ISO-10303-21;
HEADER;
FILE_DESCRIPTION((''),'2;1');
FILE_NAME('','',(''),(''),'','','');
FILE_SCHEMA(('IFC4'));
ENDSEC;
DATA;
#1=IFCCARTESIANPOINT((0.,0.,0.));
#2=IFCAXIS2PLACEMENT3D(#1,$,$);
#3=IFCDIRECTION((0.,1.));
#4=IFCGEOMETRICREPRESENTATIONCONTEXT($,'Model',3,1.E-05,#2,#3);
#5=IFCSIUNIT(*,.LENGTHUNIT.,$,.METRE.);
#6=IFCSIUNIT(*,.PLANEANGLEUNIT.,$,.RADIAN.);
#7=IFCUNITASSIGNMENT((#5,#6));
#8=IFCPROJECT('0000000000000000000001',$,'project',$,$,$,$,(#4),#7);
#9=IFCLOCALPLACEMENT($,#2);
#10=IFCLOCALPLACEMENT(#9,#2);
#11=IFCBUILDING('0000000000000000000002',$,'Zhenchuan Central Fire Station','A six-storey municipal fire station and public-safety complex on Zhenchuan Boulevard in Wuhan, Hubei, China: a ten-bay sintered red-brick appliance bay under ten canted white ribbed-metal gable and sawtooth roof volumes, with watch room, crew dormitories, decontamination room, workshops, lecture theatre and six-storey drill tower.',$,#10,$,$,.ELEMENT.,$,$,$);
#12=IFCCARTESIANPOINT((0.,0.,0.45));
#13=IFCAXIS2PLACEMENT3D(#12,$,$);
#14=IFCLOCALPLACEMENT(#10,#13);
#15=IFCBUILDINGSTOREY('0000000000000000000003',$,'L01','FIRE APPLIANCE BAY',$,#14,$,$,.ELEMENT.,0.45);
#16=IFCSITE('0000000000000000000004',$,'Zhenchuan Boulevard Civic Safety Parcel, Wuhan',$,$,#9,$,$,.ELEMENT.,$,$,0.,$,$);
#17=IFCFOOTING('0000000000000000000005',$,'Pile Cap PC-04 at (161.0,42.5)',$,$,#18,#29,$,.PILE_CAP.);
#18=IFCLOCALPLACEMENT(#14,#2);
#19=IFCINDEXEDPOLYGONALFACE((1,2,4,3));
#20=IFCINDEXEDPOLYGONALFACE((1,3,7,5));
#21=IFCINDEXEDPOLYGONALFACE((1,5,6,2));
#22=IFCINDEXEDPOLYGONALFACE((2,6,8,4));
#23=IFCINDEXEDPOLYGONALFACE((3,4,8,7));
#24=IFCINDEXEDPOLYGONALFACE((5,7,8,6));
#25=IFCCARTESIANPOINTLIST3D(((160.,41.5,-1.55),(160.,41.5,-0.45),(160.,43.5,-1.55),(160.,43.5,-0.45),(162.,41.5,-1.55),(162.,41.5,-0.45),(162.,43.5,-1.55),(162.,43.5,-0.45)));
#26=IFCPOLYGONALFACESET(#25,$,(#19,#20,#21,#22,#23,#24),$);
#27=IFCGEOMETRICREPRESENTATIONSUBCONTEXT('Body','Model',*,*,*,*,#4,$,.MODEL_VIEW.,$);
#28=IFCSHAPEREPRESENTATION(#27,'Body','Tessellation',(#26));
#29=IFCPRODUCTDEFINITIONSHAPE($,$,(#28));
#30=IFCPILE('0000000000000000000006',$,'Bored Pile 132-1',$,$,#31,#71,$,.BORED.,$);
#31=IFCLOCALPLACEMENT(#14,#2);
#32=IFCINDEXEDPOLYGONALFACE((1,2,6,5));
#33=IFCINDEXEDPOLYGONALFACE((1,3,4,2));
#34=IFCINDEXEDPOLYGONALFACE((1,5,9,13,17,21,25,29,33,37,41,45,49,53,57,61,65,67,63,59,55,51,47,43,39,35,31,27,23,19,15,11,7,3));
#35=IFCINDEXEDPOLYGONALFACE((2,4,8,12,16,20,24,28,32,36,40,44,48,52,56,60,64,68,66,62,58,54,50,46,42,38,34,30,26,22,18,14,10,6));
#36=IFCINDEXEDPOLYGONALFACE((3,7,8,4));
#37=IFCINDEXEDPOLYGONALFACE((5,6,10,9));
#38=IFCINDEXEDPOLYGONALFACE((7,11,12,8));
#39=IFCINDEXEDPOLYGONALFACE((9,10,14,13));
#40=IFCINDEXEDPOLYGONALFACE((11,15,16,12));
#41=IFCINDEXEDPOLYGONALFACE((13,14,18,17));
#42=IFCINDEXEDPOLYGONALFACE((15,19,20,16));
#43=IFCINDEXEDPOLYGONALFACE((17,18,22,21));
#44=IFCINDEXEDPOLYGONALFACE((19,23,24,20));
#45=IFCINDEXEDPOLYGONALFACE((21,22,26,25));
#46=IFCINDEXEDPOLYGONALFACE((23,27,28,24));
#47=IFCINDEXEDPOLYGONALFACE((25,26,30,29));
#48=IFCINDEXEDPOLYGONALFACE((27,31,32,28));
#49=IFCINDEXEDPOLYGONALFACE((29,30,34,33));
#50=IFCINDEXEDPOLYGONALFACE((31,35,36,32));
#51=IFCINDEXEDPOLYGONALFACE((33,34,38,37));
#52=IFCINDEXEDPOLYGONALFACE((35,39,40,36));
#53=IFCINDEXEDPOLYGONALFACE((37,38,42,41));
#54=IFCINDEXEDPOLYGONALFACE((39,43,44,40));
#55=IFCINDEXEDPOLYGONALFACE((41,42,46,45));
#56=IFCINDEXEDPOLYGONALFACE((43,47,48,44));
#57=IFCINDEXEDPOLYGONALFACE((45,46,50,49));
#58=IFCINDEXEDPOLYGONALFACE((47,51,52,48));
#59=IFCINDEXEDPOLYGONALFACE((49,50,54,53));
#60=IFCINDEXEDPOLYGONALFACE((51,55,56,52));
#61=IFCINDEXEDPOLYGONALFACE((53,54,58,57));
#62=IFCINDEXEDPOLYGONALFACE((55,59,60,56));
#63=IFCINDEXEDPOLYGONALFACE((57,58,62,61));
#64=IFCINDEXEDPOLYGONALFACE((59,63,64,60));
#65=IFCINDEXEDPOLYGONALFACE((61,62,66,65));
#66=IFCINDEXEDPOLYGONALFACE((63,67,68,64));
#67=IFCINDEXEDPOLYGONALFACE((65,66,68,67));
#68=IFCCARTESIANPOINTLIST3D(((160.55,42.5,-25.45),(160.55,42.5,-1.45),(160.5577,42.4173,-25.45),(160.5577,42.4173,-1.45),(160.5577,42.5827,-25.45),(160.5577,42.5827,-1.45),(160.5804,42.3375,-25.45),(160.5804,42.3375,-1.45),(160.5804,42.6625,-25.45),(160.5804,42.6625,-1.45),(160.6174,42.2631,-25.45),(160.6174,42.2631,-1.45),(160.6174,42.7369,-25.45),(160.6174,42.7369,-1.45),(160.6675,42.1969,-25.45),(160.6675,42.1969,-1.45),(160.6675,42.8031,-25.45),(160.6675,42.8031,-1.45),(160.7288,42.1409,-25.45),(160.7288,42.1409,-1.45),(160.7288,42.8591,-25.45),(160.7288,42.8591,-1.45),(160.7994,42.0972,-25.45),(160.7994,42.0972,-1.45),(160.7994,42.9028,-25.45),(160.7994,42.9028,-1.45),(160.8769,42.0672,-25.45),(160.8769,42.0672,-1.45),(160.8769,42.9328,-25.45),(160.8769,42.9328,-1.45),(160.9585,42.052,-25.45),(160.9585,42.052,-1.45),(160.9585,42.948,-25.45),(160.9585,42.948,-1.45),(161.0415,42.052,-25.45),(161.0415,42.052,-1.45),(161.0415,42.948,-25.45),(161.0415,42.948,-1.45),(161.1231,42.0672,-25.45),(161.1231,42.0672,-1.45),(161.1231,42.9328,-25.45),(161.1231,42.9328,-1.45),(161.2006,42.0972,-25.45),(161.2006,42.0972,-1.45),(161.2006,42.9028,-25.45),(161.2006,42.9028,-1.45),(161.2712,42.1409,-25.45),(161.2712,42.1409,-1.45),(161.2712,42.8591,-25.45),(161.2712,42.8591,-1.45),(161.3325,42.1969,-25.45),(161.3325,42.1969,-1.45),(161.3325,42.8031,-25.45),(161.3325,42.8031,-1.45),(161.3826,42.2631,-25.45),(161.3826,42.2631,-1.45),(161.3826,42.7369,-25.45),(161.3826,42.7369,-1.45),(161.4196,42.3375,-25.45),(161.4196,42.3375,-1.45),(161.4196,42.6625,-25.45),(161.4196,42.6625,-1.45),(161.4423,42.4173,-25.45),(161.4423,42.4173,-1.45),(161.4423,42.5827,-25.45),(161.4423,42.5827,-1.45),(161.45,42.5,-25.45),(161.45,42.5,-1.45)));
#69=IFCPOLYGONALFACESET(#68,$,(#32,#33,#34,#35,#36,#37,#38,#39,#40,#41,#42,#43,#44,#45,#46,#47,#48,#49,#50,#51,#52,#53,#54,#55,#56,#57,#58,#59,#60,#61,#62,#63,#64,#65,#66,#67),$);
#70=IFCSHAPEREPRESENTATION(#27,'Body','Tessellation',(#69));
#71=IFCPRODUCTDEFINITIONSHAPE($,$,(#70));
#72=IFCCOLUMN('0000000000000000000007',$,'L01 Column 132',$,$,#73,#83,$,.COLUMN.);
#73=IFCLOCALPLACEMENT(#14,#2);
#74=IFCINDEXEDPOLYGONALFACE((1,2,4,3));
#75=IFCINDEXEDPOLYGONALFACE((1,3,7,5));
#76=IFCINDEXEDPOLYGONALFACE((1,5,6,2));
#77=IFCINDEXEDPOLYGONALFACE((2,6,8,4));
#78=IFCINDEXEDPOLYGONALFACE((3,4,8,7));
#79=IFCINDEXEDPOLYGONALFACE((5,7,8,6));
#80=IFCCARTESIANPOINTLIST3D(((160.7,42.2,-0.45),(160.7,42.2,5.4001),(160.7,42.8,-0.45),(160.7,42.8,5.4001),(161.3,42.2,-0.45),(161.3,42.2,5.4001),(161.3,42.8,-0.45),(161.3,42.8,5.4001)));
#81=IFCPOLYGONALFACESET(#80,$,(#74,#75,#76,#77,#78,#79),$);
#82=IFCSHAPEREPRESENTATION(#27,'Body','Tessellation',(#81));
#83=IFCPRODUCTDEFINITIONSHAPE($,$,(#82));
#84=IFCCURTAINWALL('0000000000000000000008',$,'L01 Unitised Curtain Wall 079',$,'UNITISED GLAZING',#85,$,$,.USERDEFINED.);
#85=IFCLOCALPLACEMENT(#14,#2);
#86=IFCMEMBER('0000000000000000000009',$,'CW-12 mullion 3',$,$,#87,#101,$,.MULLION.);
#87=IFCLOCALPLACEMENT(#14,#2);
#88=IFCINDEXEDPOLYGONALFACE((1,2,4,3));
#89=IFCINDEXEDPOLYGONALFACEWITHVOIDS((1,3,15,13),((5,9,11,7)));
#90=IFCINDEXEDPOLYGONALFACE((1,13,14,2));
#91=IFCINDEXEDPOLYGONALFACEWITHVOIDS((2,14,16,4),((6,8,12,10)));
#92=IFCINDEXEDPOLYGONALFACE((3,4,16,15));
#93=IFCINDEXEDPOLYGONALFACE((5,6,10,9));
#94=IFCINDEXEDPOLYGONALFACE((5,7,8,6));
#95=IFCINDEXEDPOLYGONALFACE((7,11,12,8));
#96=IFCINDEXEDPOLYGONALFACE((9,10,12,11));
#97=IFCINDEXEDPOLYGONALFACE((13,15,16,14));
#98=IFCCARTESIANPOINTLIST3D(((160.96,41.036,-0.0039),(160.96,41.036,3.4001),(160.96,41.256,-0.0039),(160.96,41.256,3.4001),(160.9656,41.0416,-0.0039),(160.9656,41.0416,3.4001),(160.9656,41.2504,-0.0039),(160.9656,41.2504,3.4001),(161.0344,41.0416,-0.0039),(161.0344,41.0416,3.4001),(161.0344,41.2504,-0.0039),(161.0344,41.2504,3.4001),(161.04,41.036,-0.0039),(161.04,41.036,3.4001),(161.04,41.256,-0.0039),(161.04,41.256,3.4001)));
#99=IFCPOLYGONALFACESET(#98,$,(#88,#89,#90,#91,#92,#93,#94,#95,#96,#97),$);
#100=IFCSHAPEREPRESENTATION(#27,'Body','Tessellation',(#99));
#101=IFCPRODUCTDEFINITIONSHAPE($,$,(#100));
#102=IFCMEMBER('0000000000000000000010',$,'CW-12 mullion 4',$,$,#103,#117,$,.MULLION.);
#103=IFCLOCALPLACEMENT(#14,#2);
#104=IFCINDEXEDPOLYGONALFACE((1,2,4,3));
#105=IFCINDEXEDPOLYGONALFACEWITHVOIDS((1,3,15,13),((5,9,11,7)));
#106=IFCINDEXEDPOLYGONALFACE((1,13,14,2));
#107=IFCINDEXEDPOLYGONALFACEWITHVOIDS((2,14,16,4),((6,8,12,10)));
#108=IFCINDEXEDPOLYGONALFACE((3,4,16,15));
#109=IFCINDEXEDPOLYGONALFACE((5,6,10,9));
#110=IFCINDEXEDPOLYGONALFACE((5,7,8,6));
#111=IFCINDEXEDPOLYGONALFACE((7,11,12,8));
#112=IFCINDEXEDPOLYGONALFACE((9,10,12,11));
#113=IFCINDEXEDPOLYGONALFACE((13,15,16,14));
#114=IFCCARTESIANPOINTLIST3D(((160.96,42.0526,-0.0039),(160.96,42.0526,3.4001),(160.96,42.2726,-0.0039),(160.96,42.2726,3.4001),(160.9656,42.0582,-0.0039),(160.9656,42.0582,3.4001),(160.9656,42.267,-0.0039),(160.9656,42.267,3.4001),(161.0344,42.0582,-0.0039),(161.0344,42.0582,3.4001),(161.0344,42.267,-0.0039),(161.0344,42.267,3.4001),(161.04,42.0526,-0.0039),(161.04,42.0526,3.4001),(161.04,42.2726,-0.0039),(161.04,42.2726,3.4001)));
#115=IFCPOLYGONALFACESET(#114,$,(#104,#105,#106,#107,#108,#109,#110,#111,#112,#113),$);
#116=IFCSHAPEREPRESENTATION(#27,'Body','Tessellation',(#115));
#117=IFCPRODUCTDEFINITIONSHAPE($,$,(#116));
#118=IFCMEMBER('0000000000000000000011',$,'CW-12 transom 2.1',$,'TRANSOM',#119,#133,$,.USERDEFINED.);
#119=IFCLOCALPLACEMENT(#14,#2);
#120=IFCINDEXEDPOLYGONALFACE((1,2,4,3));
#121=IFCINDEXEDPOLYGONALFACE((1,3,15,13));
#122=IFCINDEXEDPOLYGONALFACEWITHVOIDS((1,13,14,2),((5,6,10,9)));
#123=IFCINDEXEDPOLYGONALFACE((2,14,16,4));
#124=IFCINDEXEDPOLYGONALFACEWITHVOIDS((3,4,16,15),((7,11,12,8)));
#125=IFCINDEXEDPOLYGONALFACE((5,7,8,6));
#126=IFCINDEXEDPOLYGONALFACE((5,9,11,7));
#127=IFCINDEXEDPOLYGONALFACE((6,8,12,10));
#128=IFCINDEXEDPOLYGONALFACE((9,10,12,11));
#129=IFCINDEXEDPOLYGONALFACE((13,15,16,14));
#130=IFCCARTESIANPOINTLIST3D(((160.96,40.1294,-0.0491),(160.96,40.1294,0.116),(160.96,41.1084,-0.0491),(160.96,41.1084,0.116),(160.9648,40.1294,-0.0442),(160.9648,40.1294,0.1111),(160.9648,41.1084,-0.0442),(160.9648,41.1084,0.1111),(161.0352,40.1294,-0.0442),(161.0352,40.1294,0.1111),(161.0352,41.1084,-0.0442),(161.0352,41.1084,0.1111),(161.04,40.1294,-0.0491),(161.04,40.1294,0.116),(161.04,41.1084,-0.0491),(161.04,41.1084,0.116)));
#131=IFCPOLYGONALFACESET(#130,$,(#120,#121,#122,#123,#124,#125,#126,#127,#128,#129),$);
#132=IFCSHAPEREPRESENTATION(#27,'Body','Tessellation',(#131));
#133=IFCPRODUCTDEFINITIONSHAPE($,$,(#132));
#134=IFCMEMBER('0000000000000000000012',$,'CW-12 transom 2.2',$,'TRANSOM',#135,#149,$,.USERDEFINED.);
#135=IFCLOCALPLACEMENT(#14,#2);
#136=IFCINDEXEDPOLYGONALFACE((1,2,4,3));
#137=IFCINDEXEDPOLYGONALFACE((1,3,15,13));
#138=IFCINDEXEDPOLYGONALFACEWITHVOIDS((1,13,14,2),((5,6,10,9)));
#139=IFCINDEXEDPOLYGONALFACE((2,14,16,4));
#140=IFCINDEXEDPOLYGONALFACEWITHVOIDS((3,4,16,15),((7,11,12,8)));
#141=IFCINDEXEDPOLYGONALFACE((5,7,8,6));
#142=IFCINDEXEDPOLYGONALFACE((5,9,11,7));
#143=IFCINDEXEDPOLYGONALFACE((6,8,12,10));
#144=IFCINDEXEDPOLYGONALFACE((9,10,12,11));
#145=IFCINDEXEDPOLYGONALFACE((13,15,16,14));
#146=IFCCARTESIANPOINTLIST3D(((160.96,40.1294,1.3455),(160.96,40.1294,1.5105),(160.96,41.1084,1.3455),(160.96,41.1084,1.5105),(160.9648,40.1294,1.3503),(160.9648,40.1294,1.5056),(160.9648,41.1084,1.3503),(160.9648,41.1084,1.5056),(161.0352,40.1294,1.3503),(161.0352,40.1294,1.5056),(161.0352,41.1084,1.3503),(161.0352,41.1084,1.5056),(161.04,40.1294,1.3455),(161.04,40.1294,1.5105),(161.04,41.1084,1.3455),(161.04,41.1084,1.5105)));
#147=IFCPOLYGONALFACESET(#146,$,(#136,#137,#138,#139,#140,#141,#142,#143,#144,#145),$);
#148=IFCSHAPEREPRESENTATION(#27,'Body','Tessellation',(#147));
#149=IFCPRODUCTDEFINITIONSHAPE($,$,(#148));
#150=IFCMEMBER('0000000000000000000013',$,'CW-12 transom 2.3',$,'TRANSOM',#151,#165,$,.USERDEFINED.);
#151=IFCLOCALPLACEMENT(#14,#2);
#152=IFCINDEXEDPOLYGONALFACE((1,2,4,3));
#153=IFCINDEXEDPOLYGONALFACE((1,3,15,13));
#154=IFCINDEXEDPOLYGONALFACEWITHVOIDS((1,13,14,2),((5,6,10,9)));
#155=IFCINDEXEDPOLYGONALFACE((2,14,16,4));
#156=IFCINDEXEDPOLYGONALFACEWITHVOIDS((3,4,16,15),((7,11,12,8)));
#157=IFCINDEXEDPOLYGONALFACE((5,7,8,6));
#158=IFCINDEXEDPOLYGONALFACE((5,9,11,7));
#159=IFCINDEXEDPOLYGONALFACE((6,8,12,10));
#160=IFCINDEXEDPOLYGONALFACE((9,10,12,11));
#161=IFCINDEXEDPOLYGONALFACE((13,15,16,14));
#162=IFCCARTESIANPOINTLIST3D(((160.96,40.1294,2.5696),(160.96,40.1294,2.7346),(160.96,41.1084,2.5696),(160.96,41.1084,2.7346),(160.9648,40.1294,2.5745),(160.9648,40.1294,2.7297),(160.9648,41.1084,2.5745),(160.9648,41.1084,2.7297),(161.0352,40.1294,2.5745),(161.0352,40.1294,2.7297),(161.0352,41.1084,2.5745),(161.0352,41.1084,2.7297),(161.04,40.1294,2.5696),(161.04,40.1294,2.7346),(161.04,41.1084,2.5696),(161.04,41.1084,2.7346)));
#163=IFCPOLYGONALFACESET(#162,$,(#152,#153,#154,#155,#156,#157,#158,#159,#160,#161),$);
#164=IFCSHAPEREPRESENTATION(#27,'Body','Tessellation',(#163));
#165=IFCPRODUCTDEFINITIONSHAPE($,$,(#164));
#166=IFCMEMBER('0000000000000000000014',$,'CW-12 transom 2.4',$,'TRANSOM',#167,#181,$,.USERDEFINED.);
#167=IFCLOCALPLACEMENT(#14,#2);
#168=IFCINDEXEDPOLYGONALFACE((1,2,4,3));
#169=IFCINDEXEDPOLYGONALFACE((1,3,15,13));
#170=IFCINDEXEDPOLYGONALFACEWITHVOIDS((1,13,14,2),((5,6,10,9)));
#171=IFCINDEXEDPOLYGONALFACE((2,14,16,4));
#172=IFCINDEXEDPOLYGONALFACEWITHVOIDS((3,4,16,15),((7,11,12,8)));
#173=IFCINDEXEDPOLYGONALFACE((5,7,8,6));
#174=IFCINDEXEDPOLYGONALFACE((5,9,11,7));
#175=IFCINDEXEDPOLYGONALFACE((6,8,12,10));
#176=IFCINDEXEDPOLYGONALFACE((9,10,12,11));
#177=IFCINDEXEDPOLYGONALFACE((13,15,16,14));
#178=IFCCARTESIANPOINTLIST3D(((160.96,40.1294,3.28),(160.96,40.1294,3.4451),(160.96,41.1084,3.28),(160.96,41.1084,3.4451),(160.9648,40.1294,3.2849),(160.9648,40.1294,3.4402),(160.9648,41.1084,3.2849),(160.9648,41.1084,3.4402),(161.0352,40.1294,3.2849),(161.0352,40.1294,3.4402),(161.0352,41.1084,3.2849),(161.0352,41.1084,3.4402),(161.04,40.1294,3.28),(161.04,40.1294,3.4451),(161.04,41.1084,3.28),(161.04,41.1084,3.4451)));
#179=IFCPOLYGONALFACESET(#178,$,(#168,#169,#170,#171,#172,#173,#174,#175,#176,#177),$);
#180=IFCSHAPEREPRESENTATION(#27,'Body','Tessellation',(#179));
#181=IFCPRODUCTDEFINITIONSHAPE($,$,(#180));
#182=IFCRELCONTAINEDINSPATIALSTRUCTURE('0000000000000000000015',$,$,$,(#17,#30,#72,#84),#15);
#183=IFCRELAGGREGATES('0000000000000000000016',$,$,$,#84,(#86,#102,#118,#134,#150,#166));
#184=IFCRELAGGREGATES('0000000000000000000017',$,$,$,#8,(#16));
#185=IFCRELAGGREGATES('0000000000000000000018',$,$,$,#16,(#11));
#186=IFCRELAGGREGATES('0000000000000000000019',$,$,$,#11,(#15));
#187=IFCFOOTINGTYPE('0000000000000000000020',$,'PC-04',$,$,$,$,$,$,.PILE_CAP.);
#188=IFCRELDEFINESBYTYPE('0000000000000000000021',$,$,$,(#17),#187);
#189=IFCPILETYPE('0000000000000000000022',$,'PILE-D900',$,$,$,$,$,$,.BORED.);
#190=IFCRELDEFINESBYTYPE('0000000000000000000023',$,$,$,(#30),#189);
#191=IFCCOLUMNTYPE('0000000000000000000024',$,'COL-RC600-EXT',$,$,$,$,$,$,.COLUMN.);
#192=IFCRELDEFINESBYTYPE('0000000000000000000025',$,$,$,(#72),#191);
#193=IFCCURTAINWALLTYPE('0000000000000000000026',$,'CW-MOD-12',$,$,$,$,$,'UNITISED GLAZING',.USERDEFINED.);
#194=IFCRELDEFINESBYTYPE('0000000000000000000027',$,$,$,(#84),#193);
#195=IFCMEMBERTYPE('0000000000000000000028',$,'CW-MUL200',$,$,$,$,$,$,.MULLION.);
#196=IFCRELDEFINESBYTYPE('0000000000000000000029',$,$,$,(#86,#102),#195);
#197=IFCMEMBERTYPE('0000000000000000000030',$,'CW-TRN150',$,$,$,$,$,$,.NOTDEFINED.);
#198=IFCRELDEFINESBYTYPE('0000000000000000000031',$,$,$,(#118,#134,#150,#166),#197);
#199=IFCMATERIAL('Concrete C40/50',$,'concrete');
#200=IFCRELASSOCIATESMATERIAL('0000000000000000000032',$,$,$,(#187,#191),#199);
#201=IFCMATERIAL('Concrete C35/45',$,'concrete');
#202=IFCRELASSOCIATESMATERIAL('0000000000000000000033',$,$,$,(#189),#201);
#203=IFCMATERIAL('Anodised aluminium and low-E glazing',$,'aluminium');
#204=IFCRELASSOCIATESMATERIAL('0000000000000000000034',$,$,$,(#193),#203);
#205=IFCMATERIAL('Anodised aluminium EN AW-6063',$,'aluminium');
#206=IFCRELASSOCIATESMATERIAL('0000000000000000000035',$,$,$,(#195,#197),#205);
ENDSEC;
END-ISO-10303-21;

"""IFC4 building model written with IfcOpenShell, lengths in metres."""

from ifc_helpers import new_model, si_unit, direction, frame, origin, origin_2d, place, context, subcontext, project, spatial, rectangle, hollow_rectangle, circle, extrude, material, material_profile, profile_set, type_object, element, aggregate, save


model = new_model("IFC4")

# Units and contexts
model_context = context("Model", 3, precision=1e-05, world=origin(), true_north=direction((0.0, 1.0)))
body_context = subcontext(model_context, "Body", "Model", "MODEL_VIEW")
ifc_project = project(units=[si_unit("LENGTHUNIT", "METRE"), si_unit("PLANEANGLEUNIT", "RADIAN")], contexts=[model_context])

# Site, building, storey
site_placement = place(None, origin())
site = spatial("IfcSite", under=ifc_project, at=site_placement, Name="Zhenchuan Boulevard Civic Safety Parcel, Wuhan", CompositionType="ELEMENT", RefElevation=0.0)
building_placement = place(site_placement, origin())
building = spatial("IfcBuilding", under=site, at=building_placement, Name="Zhenchuan Central Fire Station", Description="A six-storey municipal fire station and public-safety complex on Zhenchuan Boulevard in Wuhan, Hubei, China: a ten-bay sintered red-brick appliance bay under ten canted white ribbed-metal gable and sawtooth roof volumes, with watch room, crew dormitories, decontamination room, workshops, lecture theatre and six-storey drill tower.", CompositionType="ELEMENT")
storey_placement = place(building_placement, frame((0.0, 0.0, 0.45)))
storey = spatial("IfcBuildingStorey", under=building, at=storey_placement, Name="L01", Description="FIRE APPLIANCE BAY", CompositionType="ELEMENT", Elevation=0.45)

# Footing
ifc_material_1 = material(Name="Concrete C40/50", Category="concrete")
footing_type = type_object("IfcFootingType", Name="PC-04", PredefinedType="PILE_CAP", material=ifc_material_1)
footing_placement = place(storey_placement, frame((161.0, 42.5, -1.55), z_axis=(0.0, 0.0, 1.0), x_axis=(1.0, 0.0, 0.0)))
element("IfcFooting", 1, at=footing_placement, inside=storey, type_object=footing_type, Name="Pile Cap PC-04 at (161.0,42.5)", PredefinedType="PILE_CAP", context=body_context, shape_type="SweptSolid", body=[
    extrude(rectangle(XDim=2.0, YDim=2.0, at=origin_2d()), origin(), (0.0, 0.0, 1.0), 1.1001),
])

# Pile
ifc_material_2 = material(Name="Concrete C35/45", Category="concrete")
ifc_material_profile_1 = material_profile(ifc_material_2, circle(Radius=0.45, at=origin_2d()), Name="PILE D900")
ifc_profile_set_1 = profile_set([ifc_material_profile_1], Name="Concrete C35/45")
pile_type = type_object("IfcPileType", Name="PILE-D900", PredefinedType="BORED", material=ifc_profile_set_1)
pile_placement = place(storey_placement, frame((161.0, 42.5, -1.45), z_axis=(0.0, 0.0, -1.0), x_axis=(1.0, 0.0, 0.0)))
element("IfcPile", 2, at=pile_placement, inside=storey, type_object=pile_type, Name="Bored Pile 132-1", PredefinedType="BORED", context=body_context, shape_type="SweptSolid", body=[
    extrude(circle(Radius=0.45, at=origin_2d()), origin(), (0.0, 0.0, 1.0), 24.0),
])

# Column
ifc_material_profile_2 = material_profile(ifc_material_1, rectangle(XDim=0.6001, YDim=0.6001, at=origin_2d()), Name="RC 600x600")
ifc_profile_set_2 = profile_set([ifc_material_profile_2], Name="Concrete C40/50")
column_type = type_object("IfcColumnType", Name="COL-RC600-EXT", PredefinedType="COLUMN", material=ifc_profile_set_2)
column_placement = place(storey_placement, frame((161.0, 42.5, -0.45), z_axis=(0.0, 0.0, 1.0), x_axis=(1.0, 0.0, 0.0)))
element("IfcColumn", 3, at=column_placement, inside=storey, type_object=column_type, Name="L01 Column 132", PredefinedType="COLUMN", context=body_context, shape_type="SweptSolid", body=[
    extrude(rectangle(XDim=0.6001, YDim=0.6001, at=origin_2d()), origin(), (0.0, 0.0, 1.0), 5.8501),
])

# Curtain wall, members
ifc_material_3 = material(Name="Anodised aluminium and low-E glazing", Category="aluminium")
curtain_wall_type = type_object("IfcCurtainWallType", Name="CW-MOD-12", ElementType="UNITISED GLAZING", PredefinedType="USERDEFINED", material=ifc_material_3)
curtain_wall_placement = place(storey_placement, origin())
curtain_wall = element("IfcCurtainWall", 4, at=curtain_wall_placement, inside=storey, type_object=curtain_wall_type, Name="L01 Unitised Curtain Wall 079", ObjectType="UNITISED GLAZING", PredefinedType="USERDEFINED")
ifc_material_4 = material(Name="Anodised aluminium EN AW-6063", Category="aluminium")
ifc_material_profile_3 = material_profile(ifc_material_4, hollow_rectangle(XDim=0.0801, YDim=0.22, WallThickness=0.0056, at=origin_2d()), Name="ALU-M 220x80")
ifc_profile_set_3 = profile_set([ifc_material_profile_3], Name="Anodised aluminium EN AW-6063")
member_type_1 = type_object("IfcMemberType", Name="CW-MUL200", PredefinedType="MULLION", material=ifc_profile_set_3)
member_1_placement = place(storey_placement, frame((161.0, 41.146, -0.0039), z_axis=(0.0, 0.0, 1.0), x_axis=(-1.0, 0.0, 0.0)))
member_1 = element("IfcMember", 5, at=member_1_placement, type_object=member_type_1, Name="CW-12 mullion 3", PredefinedType="MULLION", context=body_context, shape_type="SweptSolid", body=[
    extrude(hollow_rectangle(XDim=0.0801, YDim=0.22, WallThickness=0.0056, at=origin_2d()), origin(), (0.0, 0.0, 1.0), 3.4041),
])
member_2_placement = place(storey_placement, frame((161.0, 42.1626, -0.0039), z_axis=(0.0, 0.0, 1.0), x_axis=(-1.0, 0.0, 0.0)))
member_2 = element("IfcMember", 6, at=member_2_placement, type_object=member_type_1, Name="CW-12 mullion 4", PredefinedType="MULLION", context=body_context, shape_type="SweptSolid", body=[
    extrude(hollow_rectangle(XDim=0.0801, YDim=0.22, WallThickness=0.0056, at=origin_2d()), origin(), (0.0, 0.0, 1.0), 3.4041),
])
ifc_material_profile_4 = material_profile(ifc_material_4, hollow_rectangle(XDim=0.0801, YDim=0.165, WallThickness=0.0049, at=origin_2d()), Name="ALU-T 165x80")
ifc_profile_set_4 = profile_set([ifc_material_profile_4], Name="Anodised aluminium EN AW-6063")
member_type_2 = type_object("IfcMemberType", Name="CW-TRN150", PredefinedType="NOTDEFINED", material=ifc_profile_set_4)
member_3_placement = place(storey_placement, frame((161.0, 40.1294, 0.0334), z_axis=(0.0, 1.0, 0.0), x_axis=(-1.0, 0.0, 0.0)))
member_3 = element("IfcMember", 7, at=member_3_placement, type_object=member_type_2, Name="CW-12 transom 2.1", ObjectType="TRANSOM", PredefinedType="USERDEFINED", context=body_context, shape_type="SweptSolid", body=[
    extrude(hollow_rectangle(XDim=0.0801, YDim=0.165, WallThickness=0.0049, at=origin_2d()), origin(), (0.0, 0.0, 1.0), 0.979),
])
member_4_placement = place(storey_placement, frame((161.0, 40.1294, 1.428), z_axis=(0.0, 1.0, 0.0), x_axis=(-1.0, 0.0, 0.0)))
member_4 = element("IfcMember", 8, at=member_4_placement, type_object=member_type_2, Name="CW-12 transom 2.2", ObjectType="TRANSOM", PredefinedType="USERDEFINED", context=body_context, shape_type="SweptSolid", body=[
    extrude(hollow_rectangle(XDim=0.0801, YDim=0.165, WallThickness=0.0049, at=origin_2d()), origin(), (0.0, 0.0, 1.0), 0.979),
])
member_5_placement = place(storey_placement, frame((161.0, 40.1294, 2.6521), z_axis=(0.0, 1.0, 0.0), x_axis=(-1.0, 0.0, 0.0)))
member_5 = element("IfcMember", 9, at=member_5_placement, type_object=member_type_2, Name="CW-12 transom 2.3", ObjectType="TRANSOM", PredefinedType="USERDEFINED", context=body_context, shape_type="SweptSolid", body=[
    extrude(hollow_rectangle(XDim=0.0801, YDim=0.165, WallThickness=0.0049, at=origin_2d()), origin(), (0.0, 0.0, 1.0), 0.979),
])
member_6_placement = place(storey_placement, frame((161.0, 40.1294, 3.3625), z_axis=(0.0, 1.0, 0.0), x_axis=(-1.0, 0.0, 0.0)))
member_6 = element("IfcMember", 10, at=member_6_placement, type_object=member_type_2, Name="CW-12 transom 2.4", ObjectType="TRANSOM", PredefinedType="USERDEFINED", context=body_context, shape_type="SweptSolid", body=[
    extrude(hollow_rectangle(XDim=0.0801, YDim=0.165, WallThickness=0.0049, at=origin_2d()), origin(), (0.0, 0.0, 1.0), 0.979),
])

aggregate(curtain_wall, [member_1, member_2, member_3, member_4, member_5, member_6])

save(model, "model.ifc")
